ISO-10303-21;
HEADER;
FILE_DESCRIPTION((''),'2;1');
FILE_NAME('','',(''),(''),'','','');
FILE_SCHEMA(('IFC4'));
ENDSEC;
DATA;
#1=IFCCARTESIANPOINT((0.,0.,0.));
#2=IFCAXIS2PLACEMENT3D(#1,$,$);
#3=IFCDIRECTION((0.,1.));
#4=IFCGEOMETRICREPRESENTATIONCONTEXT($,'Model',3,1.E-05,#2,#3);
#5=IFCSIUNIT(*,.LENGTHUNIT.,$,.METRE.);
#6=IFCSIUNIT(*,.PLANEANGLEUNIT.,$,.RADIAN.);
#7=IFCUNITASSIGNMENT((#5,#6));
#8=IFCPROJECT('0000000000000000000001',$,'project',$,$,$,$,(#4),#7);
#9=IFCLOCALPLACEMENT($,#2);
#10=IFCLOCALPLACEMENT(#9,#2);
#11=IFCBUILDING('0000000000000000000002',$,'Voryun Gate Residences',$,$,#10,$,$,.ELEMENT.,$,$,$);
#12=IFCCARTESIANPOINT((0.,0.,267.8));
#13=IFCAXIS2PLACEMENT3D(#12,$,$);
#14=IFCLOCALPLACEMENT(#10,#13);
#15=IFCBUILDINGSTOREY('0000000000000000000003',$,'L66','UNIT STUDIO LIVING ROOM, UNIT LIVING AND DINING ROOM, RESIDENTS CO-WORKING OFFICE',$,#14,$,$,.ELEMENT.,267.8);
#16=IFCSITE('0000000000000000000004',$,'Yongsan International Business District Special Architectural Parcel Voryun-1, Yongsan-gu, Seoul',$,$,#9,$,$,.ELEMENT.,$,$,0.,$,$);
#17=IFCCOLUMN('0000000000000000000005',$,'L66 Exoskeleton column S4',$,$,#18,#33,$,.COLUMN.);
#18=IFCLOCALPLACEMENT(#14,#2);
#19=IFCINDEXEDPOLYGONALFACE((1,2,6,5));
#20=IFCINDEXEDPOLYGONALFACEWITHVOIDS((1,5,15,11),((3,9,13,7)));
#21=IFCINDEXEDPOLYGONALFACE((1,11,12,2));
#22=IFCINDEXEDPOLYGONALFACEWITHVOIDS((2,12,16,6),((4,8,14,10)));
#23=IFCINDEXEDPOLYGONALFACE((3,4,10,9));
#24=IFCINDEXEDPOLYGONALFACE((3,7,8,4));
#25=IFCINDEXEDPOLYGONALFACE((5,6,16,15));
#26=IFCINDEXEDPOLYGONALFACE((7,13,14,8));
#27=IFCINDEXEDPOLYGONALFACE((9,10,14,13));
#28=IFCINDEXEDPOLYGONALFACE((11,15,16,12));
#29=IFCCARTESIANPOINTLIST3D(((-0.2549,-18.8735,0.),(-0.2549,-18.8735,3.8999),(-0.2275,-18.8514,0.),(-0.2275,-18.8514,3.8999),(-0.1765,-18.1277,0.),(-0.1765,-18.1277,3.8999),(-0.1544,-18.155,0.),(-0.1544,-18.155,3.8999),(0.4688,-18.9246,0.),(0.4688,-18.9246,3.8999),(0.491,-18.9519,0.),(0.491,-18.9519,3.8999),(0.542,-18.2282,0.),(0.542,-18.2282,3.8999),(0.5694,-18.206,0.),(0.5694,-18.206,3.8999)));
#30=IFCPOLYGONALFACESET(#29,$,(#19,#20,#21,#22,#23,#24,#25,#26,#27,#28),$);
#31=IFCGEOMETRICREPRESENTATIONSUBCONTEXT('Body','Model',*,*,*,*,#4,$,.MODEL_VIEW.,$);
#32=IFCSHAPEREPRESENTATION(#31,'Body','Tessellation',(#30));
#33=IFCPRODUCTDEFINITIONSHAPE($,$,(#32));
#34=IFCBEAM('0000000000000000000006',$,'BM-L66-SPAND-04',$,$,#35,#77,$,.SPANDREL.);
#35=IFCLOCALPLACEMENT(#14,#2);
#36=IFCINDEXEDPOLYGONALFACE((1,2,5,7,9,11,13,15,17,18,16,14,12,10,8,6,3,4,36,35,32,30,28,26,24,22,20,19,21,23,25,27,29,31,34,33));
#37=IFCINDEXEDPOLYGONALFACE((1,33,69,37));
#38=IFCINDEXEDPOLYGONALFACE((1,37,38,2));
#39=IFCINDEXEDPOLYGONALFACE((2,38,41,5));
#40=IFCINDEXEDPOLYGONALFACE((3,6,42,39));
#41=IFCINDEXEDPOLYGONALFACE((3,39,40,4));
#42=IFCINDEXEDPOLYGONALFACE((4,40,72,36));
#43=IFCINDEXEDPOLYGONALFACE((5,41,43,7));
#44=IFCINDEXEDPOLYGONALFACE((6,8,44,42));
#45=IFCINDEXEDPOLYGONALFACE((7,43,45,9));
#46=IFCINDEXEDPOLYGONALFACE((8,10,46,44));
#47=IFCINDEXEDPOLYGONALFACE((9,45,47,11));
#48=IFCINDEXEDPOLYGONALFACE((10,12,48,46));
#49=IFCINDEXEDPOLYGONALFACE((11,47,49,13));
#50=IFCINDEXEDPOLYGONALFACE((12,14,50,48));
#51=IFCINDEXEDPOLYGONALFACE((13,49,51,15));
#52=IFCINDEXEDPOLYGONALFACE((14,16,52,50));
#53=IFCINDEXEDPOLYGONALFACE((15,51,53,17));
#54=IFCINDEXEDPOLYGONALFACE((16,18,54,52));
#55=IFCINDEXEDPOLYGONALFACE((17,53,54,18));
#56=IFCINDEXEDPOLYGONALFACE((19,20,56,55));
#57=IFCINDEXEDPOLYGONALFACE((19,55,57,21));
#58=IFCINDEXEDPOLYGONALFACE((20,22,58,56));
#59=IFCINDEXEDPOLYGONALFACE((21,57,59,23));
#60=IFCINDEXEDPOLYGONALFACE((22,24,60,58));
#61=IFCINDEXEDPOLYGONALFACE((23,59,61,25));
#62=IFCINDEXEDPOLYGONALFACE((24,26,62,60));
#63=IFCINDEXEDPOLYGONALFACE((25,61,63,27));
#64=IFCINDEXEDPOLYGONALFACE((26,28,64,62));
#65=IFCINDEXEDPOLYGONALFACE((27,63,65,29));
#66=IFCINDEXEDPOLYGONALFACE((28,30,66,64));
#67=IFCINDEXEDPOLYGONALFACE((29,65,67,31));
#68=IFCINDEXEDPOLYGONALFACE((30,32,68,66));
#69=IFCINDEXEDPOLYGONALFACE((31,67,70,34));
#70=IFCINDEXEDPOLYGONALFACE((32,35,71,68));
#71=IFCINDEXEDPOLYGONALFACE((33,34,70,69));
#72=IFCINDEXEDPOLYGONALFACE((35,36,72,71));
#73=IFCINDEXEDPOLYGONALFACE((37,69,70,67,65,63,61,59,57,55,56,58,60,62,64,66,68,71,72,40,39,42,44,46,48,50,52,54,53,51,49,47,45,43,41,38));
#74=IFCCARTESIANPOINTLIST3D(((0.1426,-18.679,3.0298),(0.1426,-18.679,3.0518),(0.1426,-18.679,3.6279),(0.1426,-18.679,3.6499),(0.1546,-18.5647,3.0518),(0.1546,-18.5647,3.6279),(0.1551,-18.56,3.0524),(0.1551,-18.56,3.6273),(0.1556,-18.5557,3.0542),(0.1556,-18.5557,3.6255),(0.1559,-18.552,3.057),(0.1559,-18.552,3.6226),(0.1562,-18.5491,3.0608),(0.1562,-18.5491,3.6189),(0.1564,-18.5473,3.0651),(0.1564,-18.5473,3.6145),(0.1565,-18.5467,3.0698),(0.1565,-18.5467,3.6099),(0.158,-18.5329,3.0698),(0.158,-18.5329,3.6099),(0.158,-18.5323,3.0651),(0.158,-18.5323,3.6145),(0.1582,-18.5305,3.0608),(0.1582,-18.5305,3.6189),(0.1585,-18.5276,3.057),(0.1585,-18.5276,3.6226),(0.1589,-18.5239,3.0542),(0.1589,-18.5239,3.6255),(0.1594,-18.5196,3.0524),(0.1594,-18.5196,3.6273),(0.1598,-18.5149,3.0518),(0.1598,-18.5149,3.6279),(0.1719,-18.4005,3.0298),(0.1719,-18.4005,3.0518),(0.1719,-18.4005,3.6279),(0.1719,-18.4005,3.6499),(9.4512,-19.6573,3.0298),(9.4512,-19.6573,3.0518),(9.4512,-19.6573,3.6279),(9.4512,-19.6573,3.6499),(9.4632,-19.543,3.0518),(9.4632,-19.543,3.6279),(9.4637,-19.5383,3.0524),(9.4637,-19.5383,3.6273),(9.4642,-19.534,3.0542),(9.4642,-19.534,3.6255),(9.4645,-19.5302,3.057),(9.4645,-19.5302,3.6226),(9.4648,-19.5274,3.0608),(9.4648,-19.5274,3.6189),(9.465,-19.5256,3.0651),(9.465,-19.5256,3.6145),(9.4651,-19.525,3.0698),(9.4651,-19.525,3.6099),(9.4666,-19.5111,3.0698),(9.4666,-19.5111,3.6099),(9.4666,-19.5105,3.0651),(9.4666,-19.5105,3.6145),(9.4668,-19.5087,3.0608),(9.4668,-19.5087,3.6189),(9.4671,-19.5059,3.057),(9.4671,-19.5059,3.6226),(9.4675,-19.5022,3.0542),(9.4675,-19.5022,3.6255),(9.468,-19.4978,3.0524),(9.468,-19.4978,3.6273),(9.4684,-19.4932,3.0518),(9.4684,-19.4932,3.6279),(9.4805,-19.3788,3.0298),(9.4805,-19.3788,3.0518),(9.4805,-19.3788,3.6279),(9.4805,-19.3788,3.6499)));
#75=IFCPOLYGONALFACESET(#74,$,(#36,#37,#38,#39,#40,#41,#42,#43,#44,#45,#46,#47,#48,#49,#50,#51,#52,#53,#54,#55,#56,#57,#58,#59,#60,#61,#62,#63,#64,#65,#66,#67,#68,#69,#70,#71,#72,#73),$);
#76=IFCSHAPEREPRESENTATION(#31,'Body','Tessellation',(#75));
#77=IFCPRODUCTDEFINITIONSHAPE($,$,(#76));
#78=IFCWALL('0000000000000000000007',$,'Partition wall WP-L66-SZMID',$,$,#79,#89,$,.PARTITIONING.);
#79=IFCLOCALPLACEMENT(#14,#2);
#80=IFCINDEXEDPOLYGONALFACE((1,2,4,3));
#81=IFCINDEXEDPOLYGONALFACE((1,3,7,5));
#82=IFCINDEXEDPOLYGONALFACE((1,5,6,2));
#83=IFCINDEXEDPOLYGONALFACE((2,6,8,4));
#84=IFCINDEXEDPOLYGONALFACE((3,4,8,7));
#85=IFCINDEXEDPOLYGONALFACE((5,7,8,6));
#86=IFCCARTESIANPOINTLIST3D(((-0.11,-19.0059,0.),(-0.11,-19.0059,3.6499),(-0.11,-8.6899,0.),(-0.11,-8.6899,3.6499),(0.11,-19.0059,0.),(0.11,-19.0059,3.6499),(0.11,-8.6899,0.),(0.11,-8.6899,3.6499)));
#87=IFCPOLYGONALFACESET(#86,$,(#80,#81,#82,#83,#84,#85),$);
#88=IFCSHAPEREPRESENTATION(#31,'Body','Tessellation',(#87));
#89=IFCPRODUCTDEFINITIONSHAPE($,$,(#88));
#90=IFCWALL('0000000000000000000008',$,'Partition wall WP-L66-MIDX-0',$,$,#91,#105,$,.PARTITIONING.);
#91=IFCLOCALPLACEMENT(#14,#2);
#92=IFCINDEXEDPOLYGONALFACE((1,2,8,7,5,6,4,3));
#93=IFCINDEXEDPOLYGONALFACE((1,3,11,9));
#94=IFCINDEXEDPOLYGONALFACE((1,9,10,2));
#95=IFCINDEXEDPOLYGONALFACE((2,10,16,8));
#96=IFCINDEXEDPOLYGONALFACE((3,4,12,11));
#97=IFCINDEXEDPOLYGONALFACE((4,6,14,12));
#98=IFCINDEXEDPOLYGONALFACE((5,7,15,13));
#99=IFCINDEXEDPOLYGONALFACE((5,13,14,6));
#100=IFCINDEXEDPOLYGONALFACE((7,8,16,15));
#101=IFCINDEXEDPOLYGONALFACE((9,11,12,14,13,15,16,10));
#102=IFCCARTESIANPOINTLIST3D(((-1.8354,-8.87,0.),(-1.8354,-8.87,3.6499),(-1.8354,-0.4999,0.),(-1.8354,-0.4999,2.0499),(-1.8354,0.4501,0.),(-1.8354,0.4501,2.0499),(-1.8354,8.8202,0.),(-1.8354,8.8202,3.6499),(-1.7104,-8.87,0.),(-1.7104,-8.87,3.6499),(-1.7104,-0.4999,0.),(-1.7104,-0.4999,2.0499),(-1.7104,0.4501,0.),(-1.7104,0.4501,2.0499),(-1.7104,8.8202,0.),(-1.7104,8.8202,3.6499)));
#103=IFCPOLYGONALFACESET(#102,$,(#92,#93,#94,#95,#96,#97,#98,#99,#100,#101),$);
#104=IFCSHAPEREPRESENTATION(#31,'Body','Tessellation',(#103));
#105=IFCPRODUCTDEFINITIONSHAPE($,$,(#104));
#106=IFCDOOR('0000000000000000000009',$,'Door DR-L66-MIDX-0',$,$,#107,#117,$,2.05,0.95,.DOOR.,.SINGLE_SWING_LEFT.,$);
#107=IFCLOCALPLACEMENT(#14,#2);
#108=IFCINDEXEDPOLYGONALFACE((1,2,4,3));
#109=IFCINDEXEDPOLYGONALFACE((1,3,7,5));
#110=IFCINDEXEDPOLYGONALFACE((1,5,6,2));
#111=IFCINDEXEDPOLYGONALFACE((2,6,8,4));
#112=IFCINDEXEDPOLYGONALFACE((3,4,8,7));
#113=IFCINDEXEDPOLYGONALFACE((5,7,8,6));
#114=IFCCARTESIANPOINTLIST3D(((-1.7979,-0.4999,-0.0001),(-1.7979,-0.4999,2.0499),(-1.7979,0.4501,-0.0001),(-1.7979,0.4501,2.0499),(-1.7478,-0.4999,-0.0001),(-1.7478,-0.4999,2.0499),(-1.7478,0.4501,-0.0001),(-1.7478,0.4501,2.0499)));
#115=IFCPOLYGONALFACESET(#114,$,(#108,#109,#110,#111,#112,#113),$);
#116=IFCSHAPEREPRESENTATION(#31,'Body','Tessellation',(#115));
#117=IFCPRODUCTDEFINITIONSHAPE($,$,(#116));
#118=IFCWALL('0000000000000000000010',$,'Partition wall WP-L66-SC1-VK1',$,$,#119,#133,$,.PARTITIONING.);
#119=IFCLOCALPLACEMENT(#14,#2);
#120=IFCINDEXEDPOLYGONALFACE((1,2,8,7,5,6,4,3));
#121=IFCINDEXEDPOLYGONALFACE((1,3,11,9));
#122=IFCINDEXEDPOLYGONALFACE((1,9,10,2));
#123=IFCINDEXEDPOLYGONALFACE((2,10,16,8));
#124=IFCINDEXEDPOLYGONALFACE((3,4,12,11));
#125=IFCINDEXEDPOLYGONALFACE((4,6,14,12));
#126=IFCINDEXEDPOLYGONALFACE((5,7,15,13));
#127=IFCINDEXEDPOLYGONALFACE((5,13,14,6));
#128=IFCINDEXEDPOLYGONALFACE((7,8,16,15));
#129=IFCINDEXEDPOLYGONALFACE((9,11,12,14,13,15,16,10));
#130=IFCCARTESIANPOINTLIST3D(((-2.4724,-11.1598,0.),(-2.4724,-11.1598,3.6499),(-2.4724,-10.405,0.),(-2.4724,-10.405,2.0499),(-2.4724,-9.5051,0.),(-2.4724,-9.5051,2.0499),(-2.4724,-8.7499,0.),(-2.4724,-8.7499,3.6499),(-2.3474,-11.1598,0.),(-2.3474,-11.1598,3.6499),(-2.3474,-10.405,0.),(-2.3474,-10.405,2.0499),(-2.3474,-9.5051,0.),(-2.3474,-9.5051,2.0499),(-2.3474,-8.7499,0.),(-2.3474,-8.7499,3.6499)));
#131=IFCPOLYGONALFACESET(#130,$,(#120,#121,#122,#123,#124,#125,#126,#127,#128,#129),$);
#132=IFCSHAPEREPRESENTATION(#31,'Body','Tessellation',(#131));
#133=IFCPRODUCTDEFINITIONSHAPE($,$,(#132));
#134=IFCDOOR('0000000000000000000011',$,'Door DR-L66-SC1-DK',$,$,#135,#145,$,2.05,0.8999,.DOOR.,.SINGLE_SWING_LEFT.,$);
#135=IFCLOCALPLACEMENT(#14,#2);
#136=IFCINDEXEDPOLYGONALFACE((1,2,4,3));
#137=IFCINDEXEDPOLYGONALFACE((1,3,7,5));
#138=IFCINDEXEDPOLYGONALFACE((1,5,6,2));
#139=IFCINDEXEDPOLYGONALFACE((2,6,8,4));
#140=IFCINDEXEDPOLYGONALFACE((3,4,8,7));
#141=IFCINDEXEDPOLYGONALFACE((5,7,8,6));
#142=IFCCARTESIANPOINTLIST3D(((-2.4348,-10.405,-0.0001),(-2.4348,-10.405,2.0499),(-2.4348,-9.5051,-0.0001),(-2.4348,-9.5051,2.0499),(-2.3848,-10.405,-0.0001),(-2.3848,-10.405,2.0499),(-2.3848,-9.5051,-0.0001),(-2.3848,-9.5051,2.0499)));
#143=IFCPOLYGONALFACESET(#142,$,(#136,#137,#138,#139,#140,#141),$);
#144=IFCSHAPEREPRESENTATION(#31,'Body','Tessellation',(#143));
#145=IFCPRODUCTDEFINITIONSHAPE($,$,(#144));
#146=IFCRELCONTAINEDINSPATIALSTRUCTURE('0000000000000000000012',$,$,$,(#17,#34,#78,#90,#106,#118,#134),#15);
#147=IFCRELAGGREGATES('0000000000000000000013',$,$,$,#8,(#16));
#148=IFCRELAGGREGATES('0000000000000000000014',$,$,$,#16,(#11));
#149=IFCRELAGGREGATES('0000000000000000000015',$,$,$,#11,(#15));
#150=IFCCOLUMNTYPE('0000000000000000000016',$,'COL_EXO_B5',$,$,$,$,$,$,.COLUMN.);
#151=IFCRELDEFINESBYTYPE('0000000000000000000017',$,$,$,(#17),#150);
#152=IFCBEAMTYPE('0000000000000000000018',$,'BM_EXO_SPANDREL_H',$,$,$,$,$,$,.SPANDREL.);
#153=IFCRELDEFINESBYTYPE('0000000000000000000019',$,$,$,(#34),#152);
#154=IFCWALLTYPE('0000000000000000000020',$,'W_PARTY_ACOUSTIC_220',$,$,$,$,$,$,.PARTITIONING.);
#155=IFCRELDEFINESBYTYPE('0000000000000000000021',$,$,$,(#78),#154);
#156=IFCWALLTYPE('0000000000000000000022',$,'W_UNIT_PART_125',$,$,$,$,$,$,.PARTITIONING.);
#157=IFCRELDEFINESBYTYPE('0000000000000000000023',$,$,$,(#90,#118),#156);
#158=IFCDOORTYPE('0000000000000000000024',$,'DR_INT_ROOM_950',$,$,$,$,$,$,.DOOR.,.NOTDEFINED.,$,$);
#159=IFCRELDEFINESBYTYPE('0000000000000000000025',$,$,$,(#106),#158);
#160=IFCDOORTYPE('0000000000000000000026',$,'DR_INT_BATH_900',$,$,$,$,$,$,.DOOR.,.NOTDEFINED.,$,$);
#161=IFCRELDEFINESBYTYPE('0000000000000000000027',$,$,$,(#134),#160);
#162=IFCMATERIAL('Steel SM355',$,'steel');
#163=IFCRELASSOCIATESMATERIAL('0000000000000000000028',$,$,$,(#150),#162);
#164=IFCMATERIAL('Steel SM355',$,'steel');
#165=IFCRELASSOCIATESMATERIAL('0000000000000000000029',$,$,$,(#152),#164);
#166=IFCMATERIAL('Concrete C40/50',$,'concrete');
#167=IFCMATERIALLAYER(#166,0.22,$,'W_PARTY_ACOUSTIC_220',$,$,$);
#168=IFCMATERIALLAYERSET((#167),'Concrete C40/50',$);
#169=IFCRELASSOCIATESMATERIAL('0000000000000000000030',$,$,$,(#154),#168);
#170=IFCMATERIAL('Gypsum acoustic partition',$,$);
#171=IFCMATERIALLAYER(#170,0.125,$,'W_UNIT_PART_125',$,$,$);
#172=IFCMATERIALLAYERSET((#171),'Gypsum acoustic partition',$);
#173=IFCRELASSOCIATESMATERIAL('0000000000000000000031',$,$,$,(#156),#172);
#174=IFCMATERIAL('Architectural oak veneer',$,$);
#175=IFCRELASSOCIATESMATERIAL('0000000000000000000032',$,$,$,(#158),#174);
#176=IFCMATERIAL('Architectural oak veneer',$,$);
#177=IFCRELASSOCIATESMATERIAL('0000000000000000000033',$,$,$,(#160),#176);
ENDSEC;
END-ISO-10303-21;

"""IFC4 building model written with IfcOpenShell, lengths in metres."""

from ifc_helpers import new_model, si_unit, direction, frame, frame_2d, origin, origin_2d, place, context, subcontext, project, spatial, rectangle, hollow_rectangle, i_section, extrude, material, layer, layer_set, material_profile, profile_set, type_object, element, fill, save


model = new_model("IFC4")

# Units and contexts
model_context = context("Model", 3, precision=1e-05, world=origin(), true_north=direction((0.0, 1.0)))
body_context = subcontext(model_context, "Body", "Model", "MODEL_VIEW")
ifc_project = project(units=[si_unit("LENGTHUNIT", "METRE"), si_unit("PLANEANGLEUNIT", "RADIAN")], contexts=[model_context])

# Site, building, storey
site_placement = place(None, origin())
site = spatial("IfcSite", under=ifc_project, at=site_placement, Name="Yongsan International Business District Special Architectural Parcel Voryun-1, Yongsan-gu, Seoul", CompositionType="ELEMENT", RefElevation=0.0)
building_placement = place(site_placement, origin())
building = spatial("IfcBuilding", under=site, at=building_placement, Name="Voryun Gate Residences", CompositionType="ELEMENT")
storey_placement = place(building_placement, frame((0.0, 0.0, 267.8)))
storey = spatial("IfcBuildingStorey", under=building, at=storey_placement, Name="L66", Description="UNIT STUDIO LIVING ROOM, UNIT LIVING AND DINING ROOM, RESIDENTS CO-WORKING OFFICE", CompositionType="ELEMENT", Elevation=267.8)

# Column
ifc_material_1 = material(Name="Steel SM355", Category="steel")
ifc_material_profile_1 = material_profile(ifc_material_1, hollow_rectangle(XDim=0.75, YDim=0.75, WallThickness=0.0249, at=origin_2d()), Name="BOX-750x750x25")
ifc_profile_set_1 = profile_set([ifc_material_profile_1], Name="Steel SM355")
column_type = type_object("IfcColumnType", Name="COL_EXO_B5", PredefinedType="COLUMN", material=ifc_profile_set_1)
column_placement = place(storey_placement, frame((0.1572, -18.5398, 0.0), z_axis=(0.0, 0.0, 1.0), x_axis=(0.994522, -0.104528, 0.0)))
element("IfcColumn", 1, at=column_placement, inside=storey, type_object=column_type, Name="L66 Exoskeleton column S4", PredefinedType="COLUMN", context=body_context, shape_type="SweptSolid", body=[
    extrude(hollow_rectangle(XDim=0.75, YDim=0.75, WallThickness=0.0249, at=origin_2d()), origin(), (0.0, 0.0, 1.0), 3.8999),
])

# Beam
ifc_material_2 = material(Name="Steel SM355", Category="steel")
ifc_material_profile_2 = material_profile(ifc_material_2, i_section(OverallWidth=0.28, OverallDepth=0.6201, WebThickness=0.0139, FlangeThickness=0.022, FilletRadius=0.0181, at=origin_2d()), Name="H-620x280x14x22")
ifc_profile_set_2 = profile_set([ifc_material_profile_2], Name="Steel SM355")
beam_type = type_object("IfcBeamType", Name="BM_EXO_SPANDREL_H", PredefinedType="SPANDREL", material=ifc_profile_set_2)
beam_placement = place(storey_placement, frame((0.1572, -18.5398, 3.3398), z_axis=(0.994523, -0.104518, 0.0), x_axis=(0.104518, 0.994523, 0.0)))
element("IfcBeam", 2, at=beam_placement, inside=storey, type_object=beam_type, Name="BM-L66-SPAND-04", PredefinedType="SPANDREL", context=body_context, shape_type="SweptSolid", body=[
    extrude(i_section(OverallWidth=0.28, OverallDepth=0.6201, WebThickness=0.0139, FlangeThickness=0.022, FilletRadius=0.0181, at=origin_2d()), origin(), (0.0, 0.0, 1.0), 9.3599),
])

# Wall
ifc_material_3 = material(Name="Concrete C40/50", Category="concrete")
ifc_layer_1 = layer(ifc_material_3, 0.22, Name="W_PARTY_ACOUSTIC_220")
ifc_layer_set_1 = layer_set([ifc_layer_1], Name="Concrete C40/50")
wall_type_1 = type_object("IfcWallType", Name="W_PARTY_ACOUSTIC_220", PredefinedType="PARTITIONING", material=ifc_layer_set_1)
wall_1_placement = place(storey_placement, frame((0.0, -19.0059, 0.0), z_axis=(0.0, 0.0, 1.0), x_axis=(0.0, 1.0, 0.0)))
element("IfcWall", 3, at=wall_1_placement, inside=storey, type_object=wall_type_1, Name="Partition wall WP-L66-SZMID", PredefinedType="PARTITIONING", context=body_context, shape_type="SweptSolid", body=[
    extrude(rectangle(XDim=10.3159, YDim=0.22, at=frame_2d((5.158, 0.0))), origin(), (0.0, 0.0, 1.0), 3.6499),
])

# Walls, openings, doors
ifc_material_4 = material(Name="Gypsum acoustic partition")
ifc_layer_2 = layer(ifc_material_4, 0.125, Name="W_UNIT_PART_125")
ifc_layer_set_2 = layer_set([ifc_layer_2], Name="Gypsum acoustic partition")
wall_type_2 = type_object("IfcWallType", Name="W_UNIT_PART_125", PredefinedType="PARTITIONING", material=ifc_layer_set_2)
wall_2_placement = place(storey_placement, frame((-1.7729, -8.8701, 0.0), z_axis=(0.0, 0.0, 1.0), x_axis=(0.0, 1.0, 0.0)))
wall_2 = element("IfcWall", 4, at=wall_2_placement, inside=storey, type_object=wall_type_2, Name="Partition wall WP-L66-MIDX-0", PredefinedType="PARTITIONING", context=body_context, shape_type="SweptSolid", body=[
    extrude(rectangle(XDim=17.6902, YDim=0.125, at=frame_2d((8.8452, 0.0))), origin(), (0.0, 0.0, 1.0), 3.6499),
])
opening_1_placement = place(wall_2_placement, frame((8.3701, 0.0, 0.0)))
opening_1 = element("IfcOpeningElement", 5, at=opening_1_placement, cuts=wall_2, PredefinedType="OPENING", context=body_context, shape_type="SweptSolid", body=[
    extrude(rectangle(XDim=0.95, YDim=2.05, at=frame_2d((0.4751, 1.0249))), frame((0.0, 0.0725, 0.0), z_axis=(0.0, -1.0, 0.0), x_axis=(1.0, 0.0, 0.0)), (0.0, 0.0, 1.0), 0.145),
])
ifc_material_5 = material(Name="Architectural oak veneer")
door_type_1 = type_object("IfcDoorType", Name="DR_INT_ROOM_950", OperationType="NOTDEFINED", PredefinedType="DOOR", material=ifc_material_5)
door_1_placement = place(opening_1_placement, origin())
door_1 = element("IfcDoor", 6, at=door_1_placement, inside=storey, type_object=door_type_1, Name="Door DR-L66-MIDX-0", OperationType="SINGLE_SWING_LEFT", OverallHeight=2.05, OverallWidth=0.95, PredefinedType="DOOR", context=body_context, shape_type="SweptSolid", body=[
    extrude(rectangle(XDim=0.95, YDim=2.05, at=frame_2d((0.4751, 1.0249))), frame((0.0, 0.0249, 0.0), z_axis=(0.0, -1.0, 0.0), x_axis=(1.0, 0.0, 0.0)), (0.0, 0.0, 1.0), 0.05),
])
fill(opening_1, door_1)
wall_3_placement = place(storey_placement, frame((-2.4099, -11.1599, 0.0), z_axis=(0.0, 0.0, 1.0), x_axis=(0.0, 1.0, 0.0)))
wall_3 = element("IfcWall", 7, at=wall_3_placement, inside=storey, type_object=wall_type_2, Name="Partition wall WP-L66-SC1-VK1", PredefinedType="PARTITIONING", context=body_context, shape_type="SweptSolid", body=[
    extrude(rectangle(XDim=2.4099, YDim=0.125, at=frame_2d((1.2051, 0.0))), origin(), (0.0, 0.0, 1.0), 3.6499),
])
opening_2_placement = place(wall_3_placement, frame((0.7549, 0.0, 0.0)))
opening_2 = element("IfcOpeningElement", 8, at=opening_2_placement, cuts=wall_3, PredefinedType="OPENING", context=body_context, shape_type="SweptSolid", body=[
    extrude(rectangle(XDim=0.8999, YDim=2.05, at=frame_2d((0.45, 1.0249))), frame((0.0, 0.0725, 0.0), z_axis=(0.0, -1.0, 0.0), x_axis=(1.0, 0.0, 0.0)), (0.0, 0.0, 1.0), 0.145),
])
ifc_material_6 = material(Name="Architectural oak veneer")
door_type_2 = type_object("IfcDoorType", Name="DR_INT_BATH_900", OperationType="NOTDEFINED", PredefinedType="DOOR", material=ifc_material_6)
door_2_placement = place(opening_2_placement, origin())
door_2 = element("IfcDoor", 9, at=door_2_placement, inside=storey, type_object=door_type_2, Name="Door DR-L66-SC1-DK", OperationType="SINGLE_SWING_LEFT", OverallHeight=2.05, OverallWidth=0.8999, PredefinedType="DOOR", context=body_context, shape_type="SweptSolid", body=[
    extrude(rectangle(XDim=0.8999, YDim=2.05, at=frame_2d((0.45, 1.0249))), frame((0.0, 0.0249, 0.0), z_axis=(0.0, -1.0, 0.0), x_axis=(1.0, 0.0, 0.0)), (0.0, 0.0, 1.0), 0.05),
])
fill(opening_2, door_2)

save(model, "model.ifc")
